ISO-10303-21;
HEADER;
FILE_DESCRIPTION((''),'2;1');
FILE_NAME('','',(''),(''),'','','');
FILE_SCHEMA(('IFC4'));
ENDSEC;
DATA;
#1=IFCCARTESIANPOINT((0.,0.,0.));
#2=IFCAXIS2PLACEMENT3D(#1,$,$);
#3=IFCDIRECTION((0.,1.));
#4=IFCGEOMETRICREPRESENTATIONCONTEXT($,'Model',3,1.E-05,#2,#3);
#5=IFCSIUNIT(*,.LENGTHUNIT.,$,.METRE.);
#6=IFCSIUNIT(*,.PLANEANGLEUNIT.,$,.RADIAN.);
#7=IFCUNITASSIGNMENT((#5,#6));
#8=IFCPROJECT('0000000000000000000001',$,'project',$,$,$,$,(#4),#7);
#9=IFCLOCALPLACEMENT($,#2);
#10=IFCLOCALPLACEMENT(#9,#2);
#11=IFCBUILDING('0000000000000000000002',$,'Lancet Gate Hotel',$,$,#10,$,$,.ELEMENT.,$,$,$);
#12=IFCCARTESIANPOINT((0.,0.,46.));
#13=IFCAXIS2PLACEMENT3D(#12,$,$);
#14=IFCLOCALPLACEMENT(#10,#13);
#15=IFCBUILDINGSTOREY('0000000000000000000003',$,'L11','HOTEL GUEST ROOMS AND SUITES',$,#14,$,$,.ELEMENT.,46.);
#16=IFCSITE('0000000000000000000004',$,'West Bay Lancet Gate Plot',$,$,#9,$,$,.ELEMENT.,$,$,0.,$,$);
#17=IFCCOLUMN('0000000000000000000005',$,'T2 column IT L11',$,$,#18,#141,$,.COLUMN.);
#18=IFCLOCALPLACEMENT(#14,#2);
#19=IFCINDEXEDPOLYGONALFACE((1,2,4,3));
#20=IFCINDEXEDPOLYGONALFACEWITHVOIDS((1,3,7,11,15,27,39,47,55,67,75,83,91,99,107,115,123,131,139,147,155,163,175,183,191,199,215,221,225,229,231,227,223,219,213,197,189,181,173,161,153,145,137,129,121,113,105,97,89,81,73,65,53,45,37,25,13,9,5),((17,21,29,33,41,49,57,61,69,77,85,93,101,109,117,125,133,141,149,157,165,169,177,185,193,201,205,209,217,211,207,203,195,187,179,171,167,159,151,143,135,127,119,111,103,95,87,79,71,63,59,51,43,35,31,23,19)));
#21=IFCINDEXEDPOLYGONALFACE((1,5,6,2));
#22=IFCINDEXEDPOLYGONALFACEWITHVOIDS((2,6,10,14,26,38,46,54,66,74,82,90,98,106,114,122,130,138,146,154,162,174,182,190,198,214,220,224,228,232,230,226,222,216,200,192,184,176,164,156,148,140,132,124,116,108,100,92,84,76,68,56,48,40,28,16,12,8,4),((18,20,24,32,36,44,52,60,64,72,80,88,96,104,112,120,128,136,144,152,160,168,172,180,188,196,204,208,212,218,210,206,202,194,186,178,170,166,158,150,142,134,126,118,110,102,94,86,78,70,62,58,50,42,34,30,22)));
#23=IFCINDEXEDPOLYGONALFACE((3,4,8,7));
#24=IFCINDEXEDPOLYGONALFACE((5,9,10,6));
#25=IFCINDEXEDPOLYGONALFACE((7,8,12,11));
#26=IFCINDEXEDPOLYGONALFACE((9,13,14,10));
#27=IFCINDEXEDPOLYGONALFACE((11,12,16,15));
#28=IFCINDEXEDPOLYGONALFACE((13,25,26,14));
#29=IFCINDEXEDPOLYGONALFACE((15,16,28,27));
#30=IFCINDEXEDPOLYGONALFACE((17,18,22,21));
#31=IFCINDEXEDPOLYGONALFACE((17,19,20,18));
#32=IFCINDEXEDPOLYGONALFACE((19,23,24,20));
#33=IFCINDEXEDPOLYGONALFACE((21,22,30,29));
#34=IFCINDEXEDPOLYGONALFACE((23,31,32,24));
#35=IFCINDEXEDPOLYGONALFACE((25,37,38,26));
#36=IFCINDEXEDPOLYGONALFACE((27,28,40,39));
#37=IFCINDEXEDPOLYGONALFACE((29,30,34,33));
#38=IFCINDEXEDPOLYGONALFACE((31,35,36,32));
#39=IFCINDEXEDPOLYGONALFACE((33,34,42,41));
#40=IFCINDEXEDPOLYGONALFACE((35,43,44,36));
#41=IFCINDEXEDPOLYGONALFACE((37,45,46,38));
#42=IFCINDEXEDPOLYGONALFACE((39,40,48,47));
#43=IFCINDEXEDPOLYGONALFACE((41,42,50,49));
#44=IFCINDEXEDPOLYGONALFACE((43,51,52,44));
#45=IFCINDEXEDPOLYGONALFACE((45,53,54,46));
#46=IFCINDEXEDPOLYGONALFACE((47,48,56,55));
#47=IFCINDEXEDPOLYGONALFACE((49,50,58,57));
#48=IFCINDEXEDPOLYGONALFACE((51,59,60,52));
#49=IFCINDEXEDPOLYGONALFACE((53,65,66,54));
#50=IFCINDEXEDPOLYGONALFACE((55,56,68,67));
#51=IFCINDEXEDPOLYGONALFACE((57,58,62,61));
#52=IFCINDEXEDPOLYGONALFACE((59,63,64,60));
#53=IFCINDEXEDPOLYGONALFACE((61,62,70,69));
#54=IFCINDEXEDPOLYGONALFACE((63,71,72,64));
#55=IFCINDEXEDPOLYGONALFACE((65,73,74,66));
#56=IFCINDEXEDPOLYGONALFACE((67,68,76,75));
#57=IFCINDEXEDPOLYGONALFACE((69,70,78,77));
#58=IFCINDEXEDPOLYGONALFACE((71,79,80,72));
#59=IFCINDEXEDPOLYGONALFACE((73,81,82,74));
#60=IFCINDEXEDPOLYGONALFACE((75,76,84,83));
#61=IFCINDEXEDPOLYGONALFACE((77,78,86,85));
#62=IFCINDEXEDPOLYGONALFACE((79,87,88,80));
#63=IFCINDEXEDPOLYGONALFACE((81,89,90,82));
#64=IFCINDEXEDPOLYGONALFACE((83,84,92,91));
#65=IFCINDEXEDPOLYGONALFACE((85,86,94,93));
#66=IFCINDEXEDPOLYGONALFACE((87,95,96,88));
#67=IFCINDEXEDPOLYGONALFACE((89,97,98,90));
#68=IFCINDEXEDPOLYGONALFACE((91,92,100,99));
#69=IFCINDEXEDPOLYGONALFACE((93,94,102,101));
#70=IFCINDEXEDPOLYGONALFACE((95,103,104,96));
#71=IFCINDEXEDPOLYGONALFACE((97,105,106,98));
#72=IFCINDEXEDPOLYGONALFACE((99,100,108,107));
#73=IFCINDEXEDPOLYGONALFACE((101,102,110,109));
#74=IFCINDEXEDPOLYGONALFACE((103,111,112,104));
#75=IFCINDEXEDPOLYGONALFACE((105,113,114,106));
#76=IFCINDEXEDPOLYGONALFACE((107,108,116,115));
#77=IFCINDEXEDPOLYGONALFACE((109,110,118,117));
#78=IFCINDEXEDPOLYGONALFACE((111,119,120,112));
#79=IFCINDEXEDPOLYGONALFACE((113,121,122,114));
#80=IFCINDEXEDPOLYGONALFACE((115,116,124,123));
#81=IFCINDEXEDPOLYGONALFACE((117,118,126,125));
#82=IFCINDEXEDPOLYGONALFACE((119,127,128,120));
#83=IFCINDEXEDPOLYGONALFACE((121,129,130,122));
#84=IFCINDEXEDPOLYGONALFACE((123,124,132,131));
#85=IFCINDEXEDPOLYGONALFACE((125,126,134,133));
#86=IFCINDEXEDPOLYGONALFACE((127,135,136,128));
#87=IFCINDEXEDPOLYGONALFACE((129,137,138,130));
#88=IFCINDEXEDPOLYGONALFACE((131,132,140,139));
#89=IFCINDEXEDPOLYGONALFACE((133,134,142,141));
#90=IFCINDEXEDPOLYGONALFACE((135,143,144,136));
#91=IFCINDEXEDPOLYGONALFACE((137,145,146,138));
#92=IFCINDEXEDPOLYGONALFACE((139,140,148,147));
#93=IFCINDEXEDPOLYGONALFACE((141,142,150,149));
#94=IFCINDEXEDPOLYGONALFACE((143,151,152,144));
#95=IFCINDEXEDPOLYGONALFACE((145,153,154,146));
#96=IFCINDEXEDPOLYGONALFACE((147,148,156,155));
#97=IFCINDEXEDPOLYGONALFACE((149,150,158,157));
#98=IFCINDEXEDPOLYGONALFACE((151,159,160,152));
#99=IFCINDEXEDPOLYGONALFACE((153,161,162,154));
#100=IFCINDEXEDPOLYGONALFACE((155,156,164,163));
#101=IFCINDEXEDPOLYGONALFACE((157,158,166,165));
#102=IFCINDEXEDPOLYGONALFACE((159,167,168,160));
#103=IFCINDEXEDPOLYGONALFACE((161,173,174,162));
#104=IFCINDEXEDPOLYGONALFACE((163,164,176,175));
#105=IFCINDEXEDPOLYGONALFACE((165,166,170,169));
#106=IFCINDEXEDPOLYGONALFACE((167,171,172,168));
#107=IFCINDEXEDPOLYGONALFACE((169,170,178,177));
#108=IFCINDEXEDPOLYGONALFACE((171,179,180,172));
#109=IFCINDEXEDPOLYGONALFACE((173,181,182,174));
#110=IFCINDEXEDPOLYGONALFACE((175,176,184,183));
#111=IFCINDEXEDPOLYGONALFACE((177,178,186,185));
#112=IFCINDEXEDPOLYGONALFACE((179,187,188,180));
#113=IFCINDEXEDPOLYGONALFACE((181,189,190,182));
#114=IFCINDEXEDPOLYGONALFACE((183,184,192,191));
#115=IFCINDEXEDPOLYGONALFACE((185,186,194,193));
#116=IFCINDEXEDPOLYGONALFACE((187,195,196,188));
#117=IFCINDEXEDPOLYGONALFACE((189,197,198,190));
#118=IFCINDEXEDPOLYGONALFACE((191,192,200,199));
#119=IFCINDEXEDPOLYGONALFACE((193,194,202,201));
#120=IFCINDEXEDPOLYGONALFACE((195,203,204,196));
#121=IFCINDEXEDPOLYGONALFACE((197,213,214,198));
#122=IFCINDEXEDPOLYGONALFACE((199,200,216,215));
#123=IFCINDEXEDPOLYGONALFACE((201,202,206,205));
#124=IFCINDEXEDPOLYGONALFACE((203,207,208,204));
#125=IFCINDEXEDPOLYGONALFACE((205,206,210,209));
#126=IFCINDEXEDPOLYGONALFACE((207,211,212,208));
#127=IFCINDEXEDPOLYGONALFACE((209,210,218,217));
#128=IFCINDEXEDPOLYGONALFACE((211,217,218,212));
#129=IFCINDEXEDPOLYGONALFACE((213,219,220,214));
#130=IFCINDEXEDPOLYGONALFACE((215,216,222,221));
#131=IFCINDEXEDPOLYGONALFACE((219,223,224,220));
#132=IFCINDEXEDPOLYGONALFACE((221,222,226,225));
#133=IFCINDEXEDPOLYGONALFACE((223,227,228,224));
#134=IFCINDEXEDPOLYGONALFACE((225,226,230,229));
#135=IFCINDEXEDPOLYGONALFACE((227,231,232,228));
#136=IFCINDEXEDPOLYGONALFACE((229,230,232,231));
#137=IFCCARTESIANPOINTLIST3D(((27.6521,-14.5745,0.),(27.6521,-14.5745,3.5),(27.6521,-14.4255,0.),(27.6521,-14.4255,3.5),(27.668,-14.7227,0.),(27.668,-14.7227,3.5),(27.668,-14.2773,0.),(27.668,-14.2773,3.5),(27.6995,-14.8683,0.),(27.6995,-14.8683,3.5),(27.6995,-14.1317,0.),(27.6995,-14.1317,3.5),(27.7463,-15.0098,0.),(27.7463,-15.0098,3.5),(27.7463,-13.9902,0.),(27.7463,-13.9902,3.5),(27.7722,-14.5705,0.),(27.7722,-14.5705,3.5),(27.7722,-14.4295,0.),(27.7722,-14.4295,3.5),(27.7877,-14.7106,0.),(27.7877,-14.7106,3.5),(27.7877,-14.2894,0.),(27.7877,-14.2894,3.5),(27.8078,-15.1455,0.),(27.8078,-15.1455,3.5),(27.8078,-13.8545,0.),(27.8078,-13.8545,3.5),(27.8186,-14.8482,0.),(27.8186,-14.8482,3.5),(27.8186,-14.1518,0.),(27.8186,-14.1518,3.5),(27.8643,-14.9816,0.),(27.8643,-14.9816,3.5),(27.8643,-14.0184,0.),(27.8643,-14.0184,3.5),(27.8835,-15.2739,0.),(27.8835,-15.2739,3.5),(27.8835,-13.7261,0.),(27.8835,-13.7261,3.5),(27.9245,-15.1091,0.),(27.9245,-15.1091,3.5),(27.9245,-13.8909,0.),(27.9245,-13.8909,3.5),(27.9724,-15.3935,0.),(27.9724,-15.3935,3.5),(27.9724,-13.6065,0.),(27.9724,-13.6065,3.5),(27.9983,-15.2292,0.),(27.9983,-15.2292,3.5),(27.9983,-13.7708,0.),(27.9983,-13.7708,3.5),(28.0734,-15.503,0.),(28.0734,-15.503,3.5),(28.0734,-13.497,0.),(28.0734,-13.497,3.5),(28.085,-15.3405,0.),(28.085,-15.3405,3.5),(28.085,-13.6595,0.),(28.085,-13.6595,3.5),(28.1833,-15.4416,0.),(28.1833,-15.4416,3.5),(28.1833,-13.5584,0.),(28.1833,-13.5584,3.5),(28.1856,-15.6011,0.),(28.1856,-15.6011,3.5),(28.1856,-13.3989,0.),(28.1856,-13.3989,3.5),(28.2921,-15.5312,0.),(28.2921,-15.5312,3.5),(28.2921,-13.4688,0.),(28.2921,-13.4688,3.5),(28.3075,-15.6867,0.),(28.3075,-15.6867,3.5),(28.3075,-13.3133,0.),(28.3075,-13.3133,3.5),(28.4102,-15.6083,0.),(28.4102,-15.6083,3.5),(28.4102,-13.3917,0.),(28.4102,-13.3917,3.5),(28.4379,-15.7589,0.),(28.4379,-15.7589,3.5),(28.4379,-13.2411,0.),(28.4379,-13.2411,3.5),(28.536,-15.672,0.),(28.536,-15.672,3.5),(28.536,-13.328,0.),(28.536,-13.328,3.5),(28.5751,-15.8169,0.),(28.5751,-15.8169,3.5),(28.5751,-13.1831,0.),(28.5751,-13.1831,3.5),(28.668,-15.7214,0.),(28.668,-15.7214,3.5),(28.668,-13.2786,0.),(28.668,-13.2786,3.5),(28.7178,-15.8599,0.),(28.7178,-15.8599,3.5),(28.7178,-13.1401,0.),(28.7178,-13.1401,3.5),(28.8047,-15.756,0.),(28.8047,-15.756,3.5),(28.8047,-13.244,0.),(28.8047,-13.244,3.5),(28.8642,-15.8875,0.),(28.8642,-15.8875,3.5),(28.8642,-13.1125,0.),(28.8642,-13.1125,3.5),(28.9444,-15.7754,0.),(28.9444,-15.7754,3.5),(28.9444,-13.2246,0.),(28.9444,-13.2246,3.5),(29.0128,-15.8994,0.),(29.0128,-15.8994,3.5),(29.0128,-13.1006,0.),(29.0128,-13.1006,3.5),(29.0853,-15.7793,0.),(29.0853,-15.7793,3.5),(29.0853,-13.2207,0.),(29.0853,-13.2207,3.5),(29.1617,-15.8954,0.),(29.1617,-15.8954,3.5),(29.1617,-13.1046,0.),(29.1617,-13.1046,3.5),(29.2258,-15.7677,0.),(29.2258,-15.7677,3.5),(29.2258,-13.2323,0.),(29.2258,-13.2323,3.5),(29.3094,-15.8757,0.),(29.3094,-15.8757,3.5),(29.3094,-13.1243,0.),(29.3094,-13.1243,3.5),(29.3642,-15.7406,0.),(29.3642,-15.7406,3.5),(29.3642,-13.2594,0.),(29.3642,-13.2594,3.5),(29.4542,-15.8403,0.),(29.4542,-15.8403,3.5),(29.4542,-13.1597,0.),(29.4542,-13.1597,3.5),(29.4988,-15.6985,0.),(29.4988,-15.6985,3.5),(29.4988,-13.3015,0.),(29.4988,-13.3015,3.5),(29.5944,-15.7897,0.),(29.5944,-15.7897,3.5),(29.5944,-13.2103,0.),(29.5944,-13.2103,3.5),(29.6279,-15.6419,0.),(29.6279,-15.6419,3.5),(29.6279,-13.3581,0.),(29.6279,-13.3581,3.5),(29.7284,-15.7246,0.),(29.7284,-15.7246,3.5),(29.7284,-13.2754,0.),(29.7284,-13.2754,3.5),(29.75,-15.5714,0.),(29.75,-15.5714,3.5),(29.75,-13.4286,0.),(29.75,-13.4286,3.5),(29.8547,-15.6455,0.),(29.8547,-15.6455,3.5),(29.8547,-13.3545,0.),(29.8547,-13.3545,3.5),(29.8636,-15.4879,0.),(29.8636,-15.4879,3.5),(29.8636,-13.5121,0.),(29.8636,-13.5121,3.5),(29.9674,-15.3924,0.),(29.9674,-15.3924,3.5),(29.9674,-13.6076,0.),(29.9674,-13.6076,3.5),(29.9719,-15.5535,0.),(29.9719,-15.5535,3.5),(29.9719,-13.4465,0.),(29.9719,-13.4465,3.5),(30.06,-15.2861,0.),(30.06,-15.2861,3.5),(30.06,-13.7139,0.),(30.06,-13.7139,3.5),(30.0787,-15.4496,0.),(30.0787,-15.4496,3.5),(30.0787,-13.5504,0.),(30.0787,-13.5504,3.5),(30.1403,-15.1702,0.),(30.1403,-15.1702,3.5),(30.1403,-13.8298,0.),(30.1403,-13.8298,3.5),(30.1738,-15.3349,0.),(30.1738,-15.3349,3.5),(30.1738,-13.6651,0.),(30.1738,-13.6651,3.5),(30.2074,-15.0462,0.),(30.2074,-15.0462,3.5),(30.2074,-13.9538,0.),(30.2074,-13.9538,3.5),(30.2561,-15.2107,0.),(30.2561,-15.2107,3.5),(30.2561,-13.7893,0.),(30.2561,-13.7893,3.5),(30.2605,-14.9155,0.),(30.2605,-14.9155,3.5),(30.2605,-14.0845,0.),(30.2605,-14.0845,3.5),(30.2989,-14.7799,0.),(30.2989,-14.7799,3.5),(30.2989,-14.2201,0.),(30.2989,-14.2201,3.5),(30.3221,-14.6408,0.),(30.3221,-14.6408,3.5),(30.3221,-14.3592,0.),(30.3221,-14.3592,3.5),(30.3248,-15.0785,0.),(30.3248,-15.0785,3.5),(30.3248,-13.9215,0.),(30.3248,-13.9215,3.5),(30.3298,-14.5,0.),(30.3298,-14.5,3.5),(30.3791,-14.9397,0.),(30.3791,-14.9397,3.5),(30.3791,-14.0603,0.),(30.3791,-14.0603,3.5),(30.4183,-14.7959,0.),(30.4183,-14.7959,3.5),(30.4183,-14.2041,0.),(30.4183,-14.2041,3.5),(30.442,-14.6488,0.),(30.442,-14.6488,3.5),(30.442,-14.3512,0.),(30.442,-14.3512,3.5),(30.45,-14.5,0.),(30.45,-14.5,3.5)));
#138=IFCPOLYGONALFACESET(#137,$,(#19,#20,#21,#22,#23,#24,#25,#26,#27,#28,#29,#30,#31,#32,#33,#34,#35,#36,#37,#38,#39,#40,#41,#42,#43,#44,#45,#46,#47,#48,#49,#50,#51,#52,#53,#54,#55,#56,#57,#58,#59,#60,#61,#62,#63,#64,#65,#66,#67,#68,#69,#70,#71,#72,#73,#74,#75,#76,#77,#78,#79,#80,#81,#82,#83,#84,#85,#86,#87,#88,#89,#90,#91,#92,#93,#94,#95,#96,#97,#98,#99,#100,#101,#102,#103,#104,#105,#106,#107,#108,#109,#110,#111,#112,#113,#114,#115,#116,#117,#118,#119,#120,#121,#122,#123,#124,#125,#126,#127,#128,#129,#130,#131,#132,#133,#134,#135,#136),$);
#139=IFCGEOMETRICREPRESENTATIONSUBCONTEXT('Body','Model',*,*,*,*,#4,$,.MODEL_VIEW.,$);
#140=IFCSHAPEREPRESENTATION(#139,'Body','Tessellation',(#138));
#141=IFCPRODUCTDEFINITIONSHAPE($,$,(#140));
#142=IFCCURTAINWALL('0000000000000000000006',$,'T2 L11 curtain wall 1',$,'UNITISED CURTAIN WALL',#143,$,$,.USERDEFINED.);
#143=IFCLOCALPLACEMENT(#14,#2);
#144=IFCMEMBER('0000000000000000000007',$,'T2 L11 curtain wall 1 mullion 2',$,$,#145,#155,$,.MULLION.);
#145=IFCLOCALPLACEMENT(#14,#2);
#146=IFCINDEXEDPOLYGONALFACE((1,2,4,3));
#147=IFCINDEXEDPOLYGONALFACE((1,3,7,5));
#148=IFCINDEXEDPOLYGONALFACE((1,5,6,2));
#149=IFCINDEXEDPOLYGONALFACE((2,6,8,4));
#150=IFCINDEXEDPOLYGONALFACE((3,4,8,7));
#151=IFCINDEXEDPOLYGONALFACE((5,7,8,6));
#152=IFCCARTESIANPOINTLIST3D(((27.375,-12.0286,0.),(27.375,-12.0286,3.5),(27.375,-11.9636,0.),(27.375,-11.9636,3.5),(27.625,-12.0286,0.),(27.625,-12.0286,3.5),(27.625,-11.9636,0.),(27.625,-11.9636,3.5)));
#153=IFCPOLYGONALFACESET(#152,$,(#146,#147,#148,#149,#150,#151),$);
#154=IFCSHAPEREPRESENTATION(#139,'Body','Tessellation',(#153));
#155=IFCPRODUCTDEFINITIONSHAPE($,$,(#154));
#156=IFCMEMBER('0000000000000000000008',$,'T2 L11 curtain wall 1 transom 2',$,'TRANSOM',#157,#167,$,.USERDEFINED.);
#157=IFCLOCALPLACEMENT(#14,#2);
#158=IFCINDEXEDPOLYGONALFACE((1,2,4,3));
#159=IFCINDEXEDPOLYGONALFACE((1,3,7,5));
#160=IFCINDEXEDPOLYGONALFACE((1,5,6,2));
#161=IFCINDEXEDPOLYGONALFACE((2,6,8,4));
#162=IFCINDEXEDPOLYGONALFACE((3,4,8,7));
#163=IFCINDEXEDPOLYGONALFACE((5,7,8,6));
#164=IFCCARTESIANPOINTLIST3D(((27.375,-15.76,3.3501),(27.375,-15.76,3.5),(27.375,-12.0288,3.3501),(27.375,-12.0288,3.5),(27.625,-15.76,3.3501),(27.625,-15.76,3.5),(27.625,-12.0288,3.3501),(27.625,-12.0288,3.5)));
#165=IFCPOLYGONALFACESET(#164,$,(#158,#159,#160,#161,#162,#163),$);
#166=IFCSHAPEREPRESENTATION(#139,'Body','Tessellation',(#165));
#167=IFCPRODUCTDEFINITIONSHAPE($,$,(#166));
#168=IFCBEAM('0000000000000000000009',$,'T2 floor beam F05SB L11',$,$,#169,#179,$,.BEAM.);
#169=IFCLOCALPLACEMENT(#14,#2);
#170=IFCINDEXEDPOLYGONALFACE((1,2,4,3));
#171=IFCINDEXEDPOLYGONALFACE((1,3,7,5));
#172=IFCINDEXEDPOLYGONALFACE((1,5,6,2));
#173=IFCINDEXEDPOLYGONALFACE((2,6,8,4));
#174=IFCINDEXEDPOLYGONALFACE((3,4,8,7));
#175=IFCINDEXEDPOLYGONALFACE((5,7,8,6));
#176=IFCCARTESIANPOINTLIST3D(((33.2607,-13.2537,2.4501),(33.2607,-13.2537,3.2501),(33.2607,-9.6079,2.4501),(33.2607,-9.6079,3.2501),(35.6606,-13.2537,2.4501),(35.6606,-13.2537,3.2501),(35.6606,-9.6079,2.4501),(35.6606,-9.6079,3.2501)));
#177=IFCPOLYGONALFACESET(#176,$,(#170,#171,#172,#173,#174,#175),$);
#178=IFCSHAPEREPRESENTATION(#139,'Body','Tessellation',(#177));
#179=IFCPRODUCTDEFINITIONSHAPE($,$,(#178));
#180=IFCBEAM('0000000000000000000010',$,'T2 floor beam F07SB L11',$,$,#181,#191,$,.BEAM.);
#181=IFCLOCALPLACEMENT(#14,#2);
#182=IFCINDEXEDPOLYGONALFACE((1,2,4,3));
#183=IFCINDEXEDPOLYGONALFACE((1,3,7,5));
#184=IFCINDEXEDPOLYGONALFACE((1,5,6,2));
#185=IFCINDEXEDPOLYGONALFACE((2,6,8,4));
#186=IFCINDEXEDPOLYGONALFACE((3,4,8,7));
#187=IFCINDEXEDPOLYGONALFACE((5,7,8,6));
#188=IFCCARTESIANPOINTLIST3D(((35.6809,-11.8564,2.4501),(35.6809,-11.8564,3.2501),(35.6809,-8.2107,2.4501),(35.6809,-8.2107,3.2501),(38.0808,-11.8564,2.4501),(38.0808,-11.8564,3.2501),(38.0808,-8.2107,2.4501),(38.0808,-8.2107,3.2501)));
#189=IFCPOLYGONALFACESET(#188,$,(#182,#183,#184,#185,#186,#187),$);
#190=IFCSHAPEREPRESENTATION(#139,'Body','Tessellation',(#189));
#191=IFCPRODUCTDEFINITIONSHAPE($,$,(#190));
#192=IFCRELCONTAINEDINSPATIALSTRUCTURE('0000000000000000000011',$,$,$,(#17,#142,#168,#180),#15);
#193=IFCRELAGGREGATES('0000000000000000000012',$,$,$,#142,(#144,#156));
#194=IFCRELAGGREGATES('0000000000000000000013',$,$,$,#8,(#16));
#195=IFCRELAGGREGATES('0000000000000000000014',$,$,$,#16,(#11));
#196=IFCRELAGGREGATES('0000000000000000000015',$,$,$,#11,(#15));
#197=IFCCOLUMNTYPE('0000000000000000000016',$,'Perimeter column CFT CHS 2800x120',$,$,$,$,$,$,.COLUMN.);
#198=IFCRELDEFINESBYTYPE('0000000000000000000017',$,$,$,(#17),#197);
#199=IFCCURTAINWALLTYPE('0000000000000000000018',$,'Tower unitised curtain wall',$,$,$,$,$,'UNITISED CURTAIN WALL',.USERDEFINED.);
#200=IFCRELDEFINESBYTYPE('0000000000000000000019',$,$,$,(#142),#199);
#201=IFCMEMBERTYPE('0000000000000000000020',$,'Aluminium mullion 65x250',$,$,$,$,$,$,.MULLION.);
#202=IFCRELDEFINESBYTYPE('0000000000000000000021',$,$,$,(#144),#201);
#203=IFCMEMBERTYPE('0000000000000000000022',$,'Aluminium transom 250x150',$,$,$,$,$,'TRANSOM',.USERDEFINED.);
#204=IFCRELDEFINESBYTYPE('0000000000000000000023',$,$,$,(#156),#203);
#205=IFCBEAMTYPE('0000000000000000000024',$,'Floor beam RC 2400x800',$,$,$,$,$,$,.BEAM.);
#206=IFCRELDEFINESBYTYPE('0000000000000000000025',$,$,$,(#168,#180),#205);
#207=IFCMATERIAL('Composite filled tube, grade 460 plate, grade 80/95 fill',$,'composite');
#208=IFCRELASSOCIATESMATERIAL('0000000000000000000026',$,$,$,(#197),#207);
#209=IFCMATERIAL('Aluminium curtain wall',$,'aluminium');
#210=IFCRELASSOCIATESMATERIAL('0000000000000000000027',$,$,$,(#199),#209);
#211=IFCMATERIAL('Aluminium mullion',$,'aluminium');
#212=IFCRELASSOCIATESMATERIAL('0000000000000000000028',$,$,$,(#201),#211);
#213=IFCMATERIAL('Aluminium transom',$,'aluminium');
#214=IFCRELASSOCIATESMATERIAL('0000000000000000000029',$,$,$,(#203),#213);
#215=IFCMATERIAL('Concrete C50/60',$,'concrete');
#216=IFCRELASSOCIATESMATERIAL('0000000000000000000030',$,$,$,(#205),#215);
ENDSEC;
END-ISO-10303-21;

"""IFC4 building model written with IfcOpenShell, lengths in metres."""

from ifc_helpers import new_model, si_unit, direction, frame, origin, origin_2d, place, context, subcontext, project, spatial, rectangle, hollow_circle, extrude, material, material_profile, profile_set, type_object, element, aggregate, save


model = new_model("IFC4")

# Units and contexts
model_context = context("Model", 3, precision=1e-05, world=origin(), true_north=direction((0.0, 1.0)))
body_context = subcontext(model_context, "Body", "Model", "MODEL_VIEW")
ifc_project = project(units=[si_unit("LENGTHUNIT", "METRE"), si_unit("PLANEANGLEUNIT", "RADIAN")], contexts=[model_context])

# Site, building, storey
site_placement = place(None, origin())
site = spatial("IfcSite", under=ifc_project, at=site_placement, Name="West Bay Lancet Gate Plot", CompositionType="ELEMENT", RefElevation=0.0)
building_placement = place(site_placement, origin())
building = spatial("IfcBuilding", under=site, at=building_placement, Name="Lancet Gate Hotel", CompositionType="ELEMENT")
storey_placement = place(building_placement, frame((0.0, 0.0, 46.0)))
storey = spatial("IfcBuildingStorey", under=building, at=storey_placement, Name="L11", Description="HOTEL GUEST ROOMS AND SUITES", CompositionType="ELEMENT", Elevation=46.0)

# Column
ifc_material_1 = material(Name="Composite filled tube, grade 460 plate, grade 80/95 fill", Category="composite")
ifc_material_profile_1 = material_profile(ifc_material_1, hollow_circle(Radius=1.3999, WallThickness=0.1201, at=origin_2d()), Name="CHS 2800x120")
ifc_profile_set_1 = profile_set([ifc_material_profile_1], Name="Composite filled tube, grade 460 plate, grade 80/95 fill")
column_type = type_object("IfcColumnType", Name="Perimeter column CFT CHS 2800x120", PredefinedType="COLUMN", material=ifc_profile_set_1)
for number, where, z_axis, x_axis, name in (
    (1, (29.05, -14.5, 0.0), (0.0, 0.0, 1.0), (1.0, 0.0, 0.0), "T2 column IT L11"),
):
    element("IfcColumn", number, at=place(storey_placement, frame(where, z_axis=z_axis, x_axis=x_axis)), inside=storey, type_object=column_type, Name=name, PredefinedType="COLUMN", context=body_context, shape_type="SweptSolid", body=[
        extrude(hollow_circle(Radius=1.3999, WallThickness=0.1201, at=origin_2d()), origin(), (0.0, 0.0, 1.0), 3.5),
    ])

# Curtain wall, members
ifc_material_2 = material(Name="Aluminium curtain wall", Category="aluminium")
curtain_wall_type = type_object("IfcCurtainWallType", Name="Tower unitised curtain wall", ElementType="UNITISED CURTAIN WALL", PredefinedType="USERDEFINED", material=ifc_material_2)
curtain_wall_placement = place(storey_placement, origin())
curtain_wall = element("IfcCurtainWall", 2, at=curtain_wall_placement, inside=storey, type_object=curtain_wall_type, Name="T2 L11 curtain wall 1", ObjectType="UNITISED CURTAIN WALL", PredefinedType="USERDEFINED")
ifc_material_3 = material(Name="Aluminium mullion", Category="aluminium")
ifc_material_profile_2 = material_profile(ifc_material_3, rectangle(XDim=0.0649, YDim=0.25, at=origin_2d()), Name="MULLION 65x250")
ifc_profile_set_2 = profile_set([ifc_material_profile_2], Name="Aluminium mullion")
member_type_1 = type_object("IfcMemberType", Name="Aluminium mullion 65x250", PredefinedType="MULLION", material=ifc_profile_set_2)
member_1_placement = place(storey_placement, frame((27.5, -11.9961, 0.0), z_axis=(0.0, 0.0, 1.0), x_axis=(0.0, -1.0, 0.0)))
member_1 = element("IfcMember", 3, at=member_1_placement, type_object=member_type_1, Name="T2 L11 curtain wall 1 mullion 2", PredefinedType="MULLION", context=body_context, shape_type="SweptSolid", body=[
    extrude(rectangle(XDim=0.0649, YDim=0.25, at=origin_2d()), origin(), (0.0, 0.0, 1.0), 3.5),
])
ifc_material_4 = material(Name="Aluminium transom", Category="aluminium")
ifc_material_profile_3 = material_profile(ifc_material_4, rectangle(XDim=0.25, YDim=0.1499, at=origin_2d()), Name="TRANSOM 250x150")
ifc_profile_set_3 = profile_set([ifc_material_profile_3], Name="Aluminium transom")
member_type_2 = type_object("IfcMemberType", Name="Aluminium transom 250x150", ElementType="TRANSOM", PredefinedType="USERDEFINED", material=ifc_profile_set_3)
member_2_placement = place(storey_placement, frame((27.5, -12.0288, 3.425), z_axis=(0.0, -1.0, 0.0), x_axis=(1.0, 0.0, 0.0)))
member_2 = element("IfcMember", 4, at=member_2_placement, type_object=member_type_2, Name="T2 L11 curtain wall 1 transom 2", ObjectType="TRANSOM", PredefinedType="USERDEFINED", context=body_context, shape_type="SweptSolid", body=[
    extrude(rectangle(XDim=0.25, YDim=0.1499, at=origin_2d()), origin(), (0.0, 0.0, 1.0), 3.7312),
])

# Beams
ifc_material_5 = material(Name="Concrete C50/60", Category="concrete")
ifc_material_profile_4 = material_profile(ifc_material_5, rectangle(XDim=2.3999, YDim=0.8, at=origin_2d()), Name="RC 2400x800")
ifc_profile_set_4 = profile_set([ifc_material_profile_4], Name="Concrete C50/60")
beam_type_1 = type_object("IfcBeamType", Name="Floor beam RC 2400x800", PredefinedType="BEAM", material=ifc_profile_set_4)
for number, where, z_axis, x_axis, name in (
    (5, (34.4607, -13.2537, 2.8501), (0.0, 1.0, 0.0), (-1.0, 0.0, 0.0), "T2 floor beam F05SB L11"),
    (6, (36.8809, -11.8564, 2.8501), (0.0, 1.0, 0.0), (-1.0, 0.0, 0.0), "T2 floor beam F07SB L11"),
):
    element("IfcBeam", number, at=place(storey_placement, frame(where, z_axis=z_axis, x_axis=x_axis)), inside=storey, type_object=beam_type_1, Name=name, PredefinedType="BEAM", context=body_context, shape_type="SweptSolid", body=[
        extrude(rectangle(XDim=2.3999, YDim=0.8, at=origin_2d()), origin(), (0.0, 0.0, 1.0), 3.6458),
    ])

aggregate(curtain_wall, [member_1, member_2])

save(model, "model.ifc")
